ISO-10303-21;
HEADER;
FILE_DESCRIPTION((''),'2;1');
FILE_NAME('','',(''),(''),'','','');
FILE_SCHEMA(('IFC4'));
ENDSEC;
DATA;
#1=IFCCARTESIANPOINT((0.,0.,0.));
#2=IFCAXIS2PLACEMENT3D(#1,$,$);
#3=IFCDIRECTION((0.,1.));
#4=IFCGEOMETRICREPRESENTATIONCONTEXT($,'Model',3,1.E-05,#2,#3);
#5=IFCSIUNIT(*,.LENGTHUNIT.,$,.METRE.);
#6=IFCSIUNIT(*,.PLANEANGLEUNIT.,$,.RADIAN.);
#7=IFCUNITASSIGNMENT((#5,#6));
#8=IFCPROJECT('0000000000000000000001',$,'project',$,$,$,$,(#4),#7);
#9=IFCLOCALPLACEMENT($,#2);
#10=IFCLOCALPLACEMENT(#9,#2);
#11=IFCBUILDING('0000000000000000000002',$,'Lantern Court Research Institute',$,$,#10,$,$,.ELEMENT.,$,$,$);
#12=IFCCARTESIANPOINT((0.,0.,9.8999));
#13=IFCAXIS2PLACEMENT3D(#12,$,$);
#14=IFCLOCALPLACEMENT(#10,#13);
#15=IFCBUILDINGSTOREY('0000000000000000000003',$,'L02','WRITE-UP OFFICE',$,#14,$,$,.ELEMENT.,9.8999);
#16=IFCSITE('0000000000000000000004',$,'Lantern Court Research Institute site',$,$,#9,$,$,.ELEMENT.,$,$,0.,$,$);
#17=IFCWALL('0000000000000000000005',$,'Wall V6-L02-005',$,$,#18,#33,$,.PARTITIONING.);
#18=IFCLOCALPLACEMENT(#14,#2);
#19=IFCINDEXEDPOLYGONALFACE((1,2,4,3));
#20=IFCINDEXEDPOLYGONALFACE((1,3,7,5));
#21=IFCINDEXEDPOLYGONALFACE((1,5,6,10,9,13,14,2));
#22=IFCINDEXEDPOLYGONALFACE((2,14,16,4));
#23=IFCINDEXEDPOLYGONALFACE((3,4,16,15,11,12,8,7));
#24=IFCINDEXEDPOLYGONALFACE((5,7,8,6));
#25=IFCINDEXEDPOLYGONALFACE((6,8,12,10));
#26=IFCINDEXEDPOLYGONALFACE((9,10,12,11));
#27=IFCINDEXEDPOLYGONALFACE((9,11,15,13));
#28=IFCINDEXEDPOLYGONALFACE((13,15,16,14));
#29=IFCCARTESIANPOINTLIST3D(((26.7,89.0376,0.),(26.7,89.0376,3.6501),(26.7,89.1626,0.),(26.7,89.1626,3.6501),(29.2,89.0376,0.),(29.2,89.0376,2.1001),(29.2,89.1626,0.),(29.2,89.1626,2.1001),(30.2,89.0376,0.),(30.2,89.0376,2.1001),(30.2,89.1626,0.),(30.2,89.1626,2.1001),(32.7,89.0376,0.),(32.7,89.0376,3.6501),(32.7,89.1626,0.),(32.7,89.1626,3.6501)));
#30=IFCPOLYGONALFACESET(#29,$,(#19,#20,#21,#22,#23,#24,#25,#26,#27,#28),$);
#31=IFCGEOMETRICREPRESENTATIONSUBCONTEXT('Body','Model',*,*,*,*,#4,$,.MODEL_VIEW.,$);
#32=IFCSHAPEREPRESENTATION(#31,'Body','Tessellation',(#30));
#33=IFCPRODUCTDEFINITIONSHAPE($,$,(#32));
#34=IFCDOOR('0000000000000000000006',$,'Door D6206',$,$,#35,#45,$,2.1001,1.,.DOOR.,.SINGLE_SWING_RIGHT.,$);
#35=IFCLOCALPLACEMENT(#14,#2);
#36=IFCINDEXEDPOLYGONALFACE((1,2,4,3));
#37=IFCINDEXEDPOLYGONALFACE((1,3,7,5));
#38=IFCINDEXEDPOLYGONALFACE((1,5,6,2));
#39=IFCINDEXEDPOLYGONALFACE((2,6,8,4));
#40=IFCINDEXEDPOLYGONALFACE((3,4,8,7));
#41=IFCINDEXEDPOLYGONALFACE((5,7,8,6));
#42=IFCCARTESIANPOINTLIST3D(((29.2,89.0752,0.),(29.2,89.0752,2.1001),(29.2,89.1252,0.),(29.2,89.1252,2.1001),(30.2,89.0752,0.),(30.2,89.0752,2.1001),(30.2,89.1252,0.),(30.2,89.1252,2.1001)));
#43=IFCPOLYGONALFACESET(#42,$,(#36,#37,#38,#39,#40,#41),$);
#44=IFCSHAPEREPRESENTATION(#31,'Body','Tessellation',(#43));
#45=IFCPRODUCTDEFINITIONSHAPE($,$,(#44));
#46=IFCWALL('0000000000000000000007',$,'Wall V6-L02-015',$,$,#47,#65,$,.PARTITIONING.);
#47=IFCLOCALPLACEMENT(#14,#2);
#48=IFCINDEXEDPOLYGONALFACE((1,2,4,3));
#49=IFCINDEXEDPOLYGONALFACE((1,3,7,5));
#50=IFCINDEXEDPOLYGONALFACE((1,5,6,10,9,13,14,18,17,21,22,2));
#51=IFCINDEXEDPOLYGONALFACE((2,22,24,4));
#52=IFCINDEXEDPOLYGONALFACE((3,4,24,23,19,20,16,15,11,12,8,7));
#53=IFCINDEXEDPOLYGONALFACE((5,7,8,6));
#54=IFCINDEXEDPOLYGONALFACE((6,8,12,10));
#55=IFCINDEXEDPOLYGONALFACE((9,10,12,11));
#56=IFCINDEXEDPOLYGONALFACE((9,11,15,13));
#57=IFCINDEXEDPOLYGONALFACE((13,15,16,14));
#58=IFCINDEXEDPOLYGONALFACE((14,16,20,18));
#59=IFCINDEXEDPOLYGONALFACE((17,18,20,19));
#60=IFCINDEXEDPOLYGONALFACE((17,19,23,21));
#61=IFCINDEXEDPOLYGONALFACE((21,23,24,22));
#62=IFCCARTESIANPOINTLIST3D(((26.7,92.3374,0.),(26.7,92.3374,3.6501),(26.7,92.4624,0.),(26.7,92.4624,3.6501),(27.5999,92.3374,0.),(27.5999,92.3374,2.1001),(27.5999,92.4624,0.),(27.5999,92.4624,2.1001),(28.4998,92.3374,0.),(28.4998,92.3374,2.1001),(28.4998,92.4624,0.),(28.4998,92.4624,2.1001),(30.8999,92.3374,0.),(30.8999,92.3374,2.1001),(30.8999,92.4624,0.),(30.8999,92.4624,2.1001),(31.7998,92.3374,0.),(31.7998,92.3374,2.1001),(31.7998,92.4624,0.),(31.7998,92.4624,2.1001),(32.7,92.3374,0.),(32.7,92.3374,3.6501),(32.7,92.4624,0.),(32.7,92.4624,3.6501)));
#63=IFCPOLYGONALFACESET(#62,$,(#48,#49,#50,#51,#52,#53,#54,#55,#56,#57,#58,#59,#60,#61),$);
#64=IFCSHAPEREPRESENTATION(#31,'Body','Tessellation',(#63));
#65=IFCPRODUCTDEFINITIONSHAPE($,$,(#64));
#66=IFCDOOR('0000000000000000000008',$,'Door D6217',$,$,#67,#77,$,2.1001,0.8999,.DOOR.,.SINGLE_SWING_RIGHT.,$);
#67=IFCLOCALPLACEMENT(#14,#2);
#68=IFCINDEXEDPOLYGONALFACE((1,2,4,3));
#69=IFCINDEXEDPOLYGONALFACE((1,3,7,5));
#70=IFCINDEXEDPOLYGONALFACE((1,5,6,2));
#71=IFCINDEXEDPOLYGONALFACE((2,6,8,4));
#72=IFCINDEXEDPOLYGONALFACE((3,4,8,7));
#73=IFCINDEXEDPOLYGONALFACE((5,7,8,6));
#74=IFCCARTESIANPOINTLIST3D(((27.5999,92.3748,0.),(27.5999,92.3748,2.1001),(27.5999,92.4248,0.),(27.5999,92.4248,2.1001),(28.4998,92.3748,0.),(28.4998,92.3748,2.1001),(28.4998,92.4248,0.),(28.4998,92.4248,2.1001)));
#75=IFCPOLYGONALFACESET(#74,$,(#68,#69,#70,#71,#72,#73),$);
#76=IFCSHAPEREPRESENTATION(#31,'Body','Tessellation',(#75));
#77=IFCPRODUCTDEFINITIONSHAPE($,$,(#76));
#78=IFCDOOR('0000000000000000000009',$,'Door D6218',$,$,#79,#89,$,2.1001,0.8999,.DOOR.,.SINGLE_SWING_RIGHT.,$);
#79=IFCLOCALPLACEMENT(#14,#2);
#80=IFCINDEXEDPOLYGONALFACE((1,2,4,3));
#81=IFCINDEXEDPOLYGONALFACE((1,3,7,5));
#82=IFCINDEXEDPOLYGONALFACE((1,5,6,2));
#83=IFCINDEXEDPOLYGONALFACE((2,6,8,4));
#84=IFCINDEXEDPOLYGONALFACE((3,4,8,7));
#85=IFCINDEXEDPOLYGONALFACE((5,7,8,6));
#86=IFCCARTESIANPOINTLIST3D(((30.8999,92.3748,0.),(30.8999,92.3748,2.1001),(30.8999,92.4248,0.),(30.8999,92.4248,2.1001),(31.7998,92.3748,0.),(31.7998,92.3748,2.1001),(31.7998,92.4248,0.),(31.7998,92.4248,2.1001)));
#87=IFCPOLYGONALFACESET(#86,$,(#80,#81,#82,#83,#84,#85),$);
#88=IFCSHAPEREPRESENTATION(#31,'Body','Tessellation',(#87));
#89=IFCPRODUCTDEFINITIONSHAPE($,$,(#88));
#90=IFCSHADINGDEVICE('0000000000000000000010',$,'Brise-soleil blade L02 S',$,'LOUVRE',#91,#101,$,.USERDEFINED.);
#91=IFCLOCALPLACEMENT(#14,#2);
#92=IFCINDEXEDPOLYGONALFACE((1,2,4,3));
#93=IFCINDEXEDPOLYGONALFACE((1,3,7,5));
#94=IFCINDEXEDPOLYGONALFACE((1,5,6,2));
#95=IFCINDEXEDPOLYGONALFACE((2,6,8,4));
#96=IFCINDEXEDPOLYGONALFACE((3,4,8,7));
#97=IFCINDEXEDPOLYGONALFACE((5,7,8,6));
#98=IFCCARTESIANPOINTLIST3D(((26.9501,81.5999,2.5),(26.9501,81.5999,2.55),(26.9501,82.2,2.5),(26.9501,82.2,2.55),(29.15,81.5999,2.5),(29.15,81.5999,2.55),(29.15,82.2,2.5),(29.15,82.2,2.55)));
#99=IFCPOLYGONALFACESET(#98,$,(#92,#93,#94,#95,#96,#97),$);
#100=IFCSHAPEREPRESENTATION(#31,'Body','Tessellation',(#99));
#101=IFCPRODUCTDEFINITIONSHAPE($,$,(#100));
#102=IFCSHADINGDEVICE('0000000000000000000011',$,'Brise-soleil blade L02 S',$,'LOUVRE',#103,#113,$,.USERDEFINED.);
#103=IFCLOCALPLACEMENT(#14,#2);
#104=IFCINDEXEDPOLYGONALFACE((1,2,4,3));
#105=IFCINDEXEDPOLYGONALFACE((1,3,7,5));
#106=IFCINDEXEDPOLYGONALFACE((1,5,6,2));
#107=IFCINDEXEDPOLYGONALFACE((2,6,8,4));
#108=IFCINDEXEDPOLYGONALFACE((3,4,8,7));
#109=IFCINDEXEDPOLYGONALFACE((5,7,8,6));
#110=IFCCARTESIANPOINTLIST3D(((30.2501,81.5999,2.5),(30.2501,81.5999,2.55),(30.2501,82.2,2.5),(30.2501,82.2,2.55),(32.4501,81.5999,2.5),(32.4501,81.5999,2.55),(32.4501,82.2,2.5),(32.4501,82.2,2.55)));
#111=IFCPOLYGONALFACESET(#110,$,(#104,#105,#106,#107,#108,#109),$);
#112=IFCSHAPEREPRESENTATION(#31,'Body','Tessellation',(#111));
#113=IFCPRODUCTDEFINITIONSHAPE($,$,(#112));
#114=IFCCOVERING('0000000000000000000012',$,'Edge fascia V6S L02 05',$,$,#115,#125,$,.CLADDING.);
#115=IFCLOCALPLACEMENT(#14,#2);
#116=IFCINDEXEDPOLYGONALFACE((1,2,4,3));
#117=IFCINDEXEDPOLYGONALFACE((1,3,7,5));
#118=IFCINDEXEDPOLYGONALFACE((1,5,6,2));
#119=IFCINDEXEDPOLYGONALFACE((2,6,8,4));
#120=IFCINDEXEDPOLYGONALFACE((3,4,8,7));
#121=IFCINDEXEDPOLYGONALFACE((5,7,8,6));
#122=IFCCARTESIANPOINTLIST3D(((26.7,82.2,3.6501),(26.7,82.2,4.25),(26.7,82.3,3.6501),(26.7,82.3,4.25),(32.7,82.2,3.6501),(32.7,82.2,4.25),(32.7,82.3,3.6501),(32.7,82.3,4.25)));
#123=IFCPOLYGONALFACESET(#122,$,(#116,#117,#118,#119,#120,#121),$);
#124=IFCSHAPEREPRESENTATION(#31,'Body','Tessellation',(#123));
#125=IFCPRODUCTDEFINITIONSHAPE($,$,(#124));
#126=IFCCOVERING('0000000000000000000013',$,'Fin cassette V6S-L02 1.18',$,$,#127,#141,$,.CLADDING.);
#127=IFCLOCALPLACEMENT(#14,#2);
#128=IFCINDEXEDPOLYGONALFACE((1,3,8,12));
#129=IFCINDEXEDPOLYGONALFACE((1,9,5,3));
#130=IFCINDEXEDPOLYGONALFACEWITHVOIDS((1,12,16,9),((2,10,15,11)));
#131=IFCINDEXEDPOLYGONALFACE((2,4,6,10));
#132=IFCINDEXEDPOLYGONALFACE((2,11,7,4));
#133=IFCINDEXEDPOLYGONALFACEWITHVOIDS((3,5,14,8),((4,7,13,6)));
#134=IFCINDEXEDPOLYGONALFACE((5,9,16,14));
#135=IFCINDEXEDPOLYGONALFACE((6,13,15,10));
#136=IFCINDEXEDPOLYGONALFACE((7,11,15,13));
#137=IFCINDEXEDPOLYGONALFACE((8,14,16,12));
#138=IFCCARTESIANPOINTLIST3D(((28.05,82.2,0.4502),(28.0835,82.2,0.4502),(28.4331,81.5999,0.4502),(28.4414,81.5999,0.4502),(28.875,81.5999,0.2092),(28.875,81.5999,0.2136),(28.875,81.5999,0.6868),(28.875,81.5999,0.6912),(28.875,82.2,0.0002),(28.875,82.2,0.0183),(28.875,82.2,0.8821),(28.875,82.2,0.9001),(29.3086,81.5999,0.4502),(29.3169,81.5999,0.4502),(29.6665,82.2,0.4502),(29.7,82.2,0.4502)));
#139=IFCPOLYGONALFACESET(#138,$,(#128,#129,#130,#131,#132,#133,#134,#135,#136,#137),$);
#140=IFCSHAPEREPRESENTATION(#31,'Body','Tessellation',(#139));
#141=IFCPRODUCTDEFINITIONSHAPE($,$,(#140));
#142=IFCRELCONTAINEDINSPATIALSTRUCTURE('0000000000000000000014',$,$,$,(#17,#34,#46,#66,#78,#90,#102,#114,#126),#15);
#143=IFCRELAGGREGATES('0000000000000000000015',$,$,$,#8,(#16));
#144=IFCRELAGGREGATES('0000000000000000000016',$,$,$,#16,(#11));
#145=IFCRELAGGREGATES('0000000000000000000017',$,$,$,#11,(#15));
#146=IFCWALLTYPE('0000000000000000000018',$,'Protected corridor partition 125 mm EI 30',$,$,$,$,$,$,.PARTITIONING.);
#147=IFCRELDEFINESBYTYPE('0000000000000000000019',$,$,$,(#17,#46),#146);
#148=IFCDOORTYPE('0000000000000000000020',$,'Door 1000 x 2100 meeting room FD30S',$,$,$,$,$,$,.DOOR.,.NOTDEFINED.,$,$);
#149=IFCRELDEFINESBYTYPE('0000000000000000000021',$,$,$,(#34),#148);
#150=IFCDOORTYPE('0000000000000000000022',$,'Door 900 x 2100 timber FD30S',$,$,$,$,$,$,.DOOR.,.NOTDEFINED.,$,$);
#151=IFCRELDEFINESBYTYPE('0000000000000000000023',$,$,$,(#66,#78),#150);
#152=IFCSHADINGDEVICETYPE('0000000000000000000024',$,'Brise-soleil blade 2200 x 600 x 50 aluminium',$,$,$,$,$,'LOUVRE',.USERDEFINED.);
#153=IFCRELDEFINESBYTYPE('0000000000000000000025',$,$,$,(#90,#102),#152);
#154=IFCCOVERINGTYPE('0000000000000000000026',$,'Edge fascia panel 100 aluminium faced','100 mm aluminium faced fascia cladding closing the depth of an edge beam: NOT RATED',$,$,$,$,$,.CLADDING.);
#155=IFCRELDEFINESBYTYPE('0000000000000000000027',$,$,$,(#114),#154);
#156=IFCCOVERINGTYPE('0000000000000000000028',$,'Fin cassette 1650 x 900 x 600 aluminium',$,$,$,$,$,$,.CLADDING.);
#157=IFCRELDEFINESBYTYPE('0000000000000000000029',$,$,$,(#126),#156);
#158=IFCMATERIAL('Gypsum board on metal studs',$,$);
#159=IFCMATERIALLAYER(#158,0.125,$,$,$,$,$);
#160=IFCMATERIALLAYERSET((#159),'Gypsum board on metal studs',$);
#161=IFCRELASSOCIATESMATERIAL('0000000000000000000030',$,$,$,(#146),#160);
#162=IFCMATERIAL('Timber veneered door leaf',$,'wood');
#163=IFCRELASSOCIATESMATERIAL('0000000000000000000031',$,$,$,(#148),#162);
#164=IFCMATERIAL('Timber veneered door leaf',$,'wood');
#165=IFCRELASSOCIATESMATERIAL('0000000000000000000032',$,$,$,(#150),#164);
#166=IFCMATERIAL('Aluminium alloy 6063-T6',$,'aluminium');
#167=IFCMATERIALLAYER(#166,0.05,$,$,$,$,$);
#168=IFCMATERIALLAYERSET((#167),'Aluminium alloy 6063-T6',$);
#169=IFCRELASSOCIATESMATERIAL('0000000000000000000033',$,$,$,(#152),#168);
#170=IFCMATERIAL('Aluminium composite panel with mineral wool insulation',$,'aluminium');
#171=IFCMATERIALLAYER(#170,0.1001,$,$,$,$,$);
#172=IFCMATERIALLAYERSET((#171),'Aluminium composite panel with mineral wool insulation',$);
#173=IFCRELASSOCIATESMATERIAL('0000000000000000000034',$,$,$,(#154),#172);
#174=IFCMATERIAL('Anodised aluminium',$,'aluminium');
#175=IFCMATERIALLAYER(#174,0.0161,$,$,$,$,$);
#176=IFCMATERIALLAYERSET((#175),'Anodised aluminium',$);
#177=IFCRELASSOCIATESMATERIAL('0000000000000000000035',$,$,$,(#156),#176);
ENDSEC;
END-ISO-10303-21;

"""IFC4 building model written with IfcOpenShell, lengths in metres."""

from ifc_helpers import new_model, entity, si_unit, direction, frame, frame_2d, origin, origin_2d, place, context, subcontext, project, spatial, rectangle, extrude, material, layer, layer_set, type_object, element, fill, save


model = new_model("IFC4")

# Units and contexts
model_context = context("Model", 3, precision=1e-05, world=origin(), true_north=direction((0.0, 1.0)))
body_context = subcontext(model_context, "Body", "Model", "MODEL_VIEW")
ifc_project = project(units=[si_unit("LENGTHUNIT", "METRE"), si_unit("PLANEANGLEUNIT", "RADIAN")], contexts=[model_context])

# Site, building, storey
site_placement = place(None, origin())
site = spatial("IfcSite", under=ifc_project, at=site_placement, Name="Lantern Court Research Institute site", CompositionType="ELEMENT", RefElevation=0.0)
building_placement = place(site_placement, origin())
building = spatial("IfcBuilding", under=site, at=building_placement, Name="Lantern Court Research Institute", CompositionType="ELEMENT")
storey_placement = place(building_placement, frame((0.0, 0.0, 9.8999)))
storey = spatial("IfcBuildingStorey", under=building, at=storey_placement, Name="L02", Description="WRITE-UP OFFICE", CompositionType="ELEMENT", Elevation=9.8999)

# Wall, opening, door
ifc_material_1 = material(Name="Gypsum board on metal studs")
ifc_layer_1 = layer(ifc_material_1, 0.125)
ifc_layer_set_1 = layer_set([ifc_layer_1], Name="Gypsum board on metal studs")
wall_type_1 = type_object("IfcWallType", Name="Protected corridor partition 125 mm EI 30", PredefinedType="PARTITIONING", material=ifc_layer_set_1)
wall_1_placement = place(storey_placement, frame((32.7, 89.1001, 0.0), z_axis=(0.0, 0.0, 1.0), x_axis=(-1.0, 0.0, 0.0)))
wall_1 = element("IfcWall", 1, at=wall_1_placement, inside=storey, type_object=wall_type_1, Name="Wall V6-L02-005", PredefinedType="PARTITIONING", context=body_context, shape_type="SweptSolid", body=[
    extrude(rectangle(XDim=6.0, YDim=0.125, at=frame_2d((3.0, 0.0))), origin(), (0.0, 0.0, 1.0), 3.6501),
])
opening_1_placement = place(wall_1_placement, frame((2.5, 0.0, 0.0)))
opening_1 = element("IfcOpeningElement", 2, at=opening_1_placement, cuts=wall_1, PredefinedType="OPENING", context=body_context, shape_type="SweptSolid", body=[
    extrude(rectangle(XDim=1.0, YDim=2.1001, at=frame_2d((0.5, 1.05))), frame((0.0, 0.0725, 0.0), z_axis=(0.0, -1.0, 0.0), x_axis=(1.0, 0.0, 0.0)), (0.0, 0.0, 1.0), 0.145),
])
ifc_material_2 = material(Name="Timber veneered door leaf", Category="wood")
door_type_1 = type_object("IfcDoorType", Name="Door 1000 x 2100 meeting room FD30S", OperationType="NOTDEFINED", PredefinedType="DOOR", material=ifc_material_2)
door_1_placement = place(opening_1_placement, origin())
door_1 = element("IfcDoor", 3, at=door_1_placement, inside=storey, type_object=door_type_1, Name="Door D6206", OperationType="SINGLE_SWING_RIGHT", OverallHeight=2.1001, OverallWidth=1.0, PredefinedType="DOOR", context=body_context, shape_type="SweptSolid", body=[
    extrude(rectangle(XDim=1.0, YDim=2.1001, at=frame_2d((0.5, 1.05))), frame((0.0, 0.0249, 0.0), z_axis=(0.0, -1.0, 0.0), x_axis=(1.0, 0.0, 0.0)), (0.0, 0.0, 1.0), 0.05),
])
fill(opening_1, door_1)

# Wall, openings, doors
wall_2_placement = place(storey_placement, frame((26.7, 92.3999, 0.0), z_axis=(0.0, 0.0, 1.0), x_axis=(1.0, 0.0, 0.0)))
wall_2 = element("IfcWall", 4, at=wall_2_placement, inside=storey, type_object=wall_type_1, Name="Wall V6-L02-015", PredefinedType="PARTITIONING", context=body_context, shape_type="SweptSolid", body=[
    extrude(rectangle(XDim=6.0, YDim=0.125, at=frame_2d((3.0, 0.0))), origin(), (0.0, 0.0, 1.0), 3.6501),
])
opening_2_placement = place(wall_2_placement, frame((0.8999, 0.0, 0.0)))
opening_2 = element("IfcOpeningElement", 5, at=opening_2_placement, cuts=wall_2, PredefinedType="OPENING", context=body_context, shape_type="SweptSolid", body=[
    extrude(rectangle(XDim=0.8999, YDim=2.1001, at=frame_2d((0.45, 1.05))), frame((0.0, 0.0725, 0.0), z_axis=(0.0, -1.0, 0.0), x_axis=(1.0, 0.0, 0.0)), (0.0, 0.0, 1.0), 0.145),
])
opening_3_placement = place(wall_2_placement, frame((4.2, 0.0, 0.0)))
opening_3 = element("IfcOpeningElement", 6, at=opening_3_placement, cuts=wall_2, PredefinedType="OPENING", context=body_context, shape_type="SweptSolid", body=[
    extrude(rectangle(XDim=0.8999, YDim=2.1001, at=frame_2d((0.45, 1.05))), frame((0.0, 0.0725, 0.0), z_axis=(0.0, -1.0, 0.0), x_axis=(1.0, 0.0, 0.0)), (0.0, 0.0, 1.0), 0.145),
])
ifc_material_3 = material(Name="Timber veneered door leaf", Category="wood")
door_type_2 = type_object("IfcDoorType", Name="Door 900 x 2100 timber FD30S", OperationType="NOTDEFINED", PredefinedType="DOOR", material=ifc_material_3)
door_2_placement = place(opening_2_placement, origin())
door_2 = element("IfcDoor", 7, at=door_2_placement, inside=storey, type_object=door_type_2, Name="Door D6217", OperationType="SINGLE_SWING_RIGHT", OverallHeight=2.1001, OverallWidth=0.8999, PredefinedType="DOOR", context=body_context, shape_type="SweptSolid", body=[
    extrude(rectangle(XDim=0.8999, YDim=2.1001, at=frame_2d((0.45, 1.05))), frame((0.0, 0.0249, 0.0), z_axis=(0.0, -1.0, 0.0), x_axis=(1.0, 0.0, 0.0)), (0.0, 0.0, 1.0), 0.05),
])
fill(opening_2, door_2)
door_3_placement = place(opening_3_placement, origin())
door_3 = element("IfcDoor", 8, at=door_3_placement, inside=storey, type_object=door_type_2, Name="Door D6218", OperationType="SINGLE_SWING_RIGHT", OverallHeight=2.1001, OverallWidth=0.8999, PredefinedType="DOOR", context=body_context, shape_type="SweptSolid", body=[
    extrude(rectangle(XDim=0.8999, YDim=2.1001, at=frame_2d((0.45, 1.05))), frame((0.0, 0.0249, 0.0), z_axis=(0.0, -1.0, 0.0), x_axis=(1.0, 0.0, 0.0)), (0.0, 0.0, 1.0), 0.05),
])
fill(opening_3, door_3)

# Shading devices
ifc_material_4 = material(Name="Aluminium alloy 6063-T6", Category="aluminium")
ifc_layer_2 = layer(ifc_material_4, 0.05)
ifc_layer_set_2 = layer_set([ifc_layer_2], Name="Aluminium alloy 6063-T6")
shading_device_type = type_object("IfcShadingDeviceType", Name="Brise-soleil blade 2200 x 600 x 50 aluminium", ElementType="LOUVRE", PredefinedType="USERDEFINED", material=ifc_layer_set_2)
for number, where, z_axis, x_axis, name in (
    (9, (28.05, 81.8999, 2.5), (0.0, 0.0, 1.0), (-1.0, 0.0, 0.0), "Brise-soleil blade L02 S"),
    (10, (31.3501, 81.8999, 2.5), (0.0, 0.0, 1.0), (-1.0, 0.0, 0.0), "Brise-soleil blade L02 S"),
):
    element("IfcShadingDevice", number, at=place(storey_placement, frame(where, z_axis=z_axis, x_axis=x_axis)), inside=storey, type_object=shading_device_type, Name=name, ObjectType="LOUVRE", PredefinedType="USERDEFINED", context=body_context, shape_type="SweptSolid", body=[
        extrude(rectangle(XDim=2.2, YDim=0.6001, at=origin_2d()), origin(), (0.0, 0.0, 1.0), 0.05),
    ])

# Coverings
ifc_material_5 = material(Name="Aluminium composite panel with mineral wool insulation", Category="aluminium")
ifc_layer_3 = layer(ifc_material_5, 0.1001)
ifc_layer_set_3 = layer_set([ifc_layer_3], Name="Aluminium composite panel with mineral wool insulation")
covering_type_1 = type_object("IfcCoveringType", Name="Edge fascia panel 100 aluminium faced", Description="100 mm aluminium faced fascia cladding closing the depth of an edge beam: NOT RATED", PredefinedType="CLADDING", material=ifc_layer_set_3)
covering_1_placement = place(storey_placement, frame((32.7, 82.25, 3.6501), z_axis=(0.0, 0.0, 1.0), x_axis=(-1.0, 0.0, 0.0)))
element("IfcCovering", 11, at=covering_1_placement, inside=storey, type_object=covering_type_1, Name="Edge fascia V6S L02 05", PredefinedType="CLADDING", context=body_context, shape_type="SweptSolid", body=[
    extrude(rectangle(XDim=6.0, YDim=0.1001, at=frame_2d((3.0, 0.0))), origin(), (0.0, 0.0, 1.0), 0.5999),
])
ifc_material_6 = material(Name="Anodised aluminium", Category="aluminium")
ifc_layer_4 = layer(ifc_material_6, 0.0161)
ifc_layer_set_4 = layer_set([ifc_layer_4], Name="Anodised aluminium")
covering_type_2 = type_object("IfcCoveringType", Name="Fin cassette 1650 x 900 x 600 aluminium", PredefinedType="CLADDING", material=ifc_layer_set_4)
covering_2_placement = place(storey_placement, frame((28.875, 82.2, 0.4502), z_axis=(0.0, -1.0, 0.0), x_axis=(1.0, 0.0, 0.0)))
cartesian_point_1 = entity("IfcCartesianPoint", [0.825, 0.0])
cartesian_point_2 = entity("IfcCartesianPoint", [0.7915, 0.0])
cartesian_point_3 = entity("IfcCartesianPoint", [0.4419, 0.0])
cartesian_point_4 = entity("IfcCartesianPoint", [0.4336, 0.0])
element("IfcCovering", 12, at=covering_2_placement, inside=storey, type_object=covering_type_2, Name="Fin cassette V6S-L02 1.18", PredefinedType="CLADDING", context=body_context, shape_type="SweptSolid", body=[
    entity("IfcExtrudedAreaSolidTapered", entity("IfcArbitraryProfileDefWithVoids", "AREA", None, entity("IfcPolyline", [cartesian_point_1, entity("IfcCartesianPoint", [0.0, 0.45]), entity("IfcCartesianPoint", [-0.825, 0.0]), entity("IfcCartesianPoint", [0.0, -0.45]), cartesian_point_1]), [entity("IfcPolyline", [cartesian_point_2, entity("IfcCartesianPoint", [0.0, 0.4319]), entity("IfcCartesianPoint", [-0.7915, 0.0]), entity("IfcCartesianPoint", [0.0, -0.4319]), cartesian_point_2])]), entity("IfcAxis2Placement3D", entity("IfcCartesianPoint", [0.0, 0.0, 0.0])), entity("IfcDirection", [0.0, 0.0, 1.0]), 0.6001, entity("IfcArbitraryProfileDefWithVoids", "AREA", None, entity("IfcPolyline", [cartesian_point_3, entity("IfcCartesianPoint", [0.0, 0.241]), entity("IfcCartesianPoint", [-0.4419, 0.0]), entity("IfcCartesianPoint", [0.0, -0.241]), cartesian_point_3]), [entity("IfcPolyline", [cartesian_point_4, entity("IfcCartesianPoint", [0.0, 0.2366]), entity("IfcCartesianPoint", [-0.4336, 0.0]), entity("IfcCartesianPoint", [0.0, -0.2366]), cartesian_point_4])])),
])

save(model, "model.ifc")
